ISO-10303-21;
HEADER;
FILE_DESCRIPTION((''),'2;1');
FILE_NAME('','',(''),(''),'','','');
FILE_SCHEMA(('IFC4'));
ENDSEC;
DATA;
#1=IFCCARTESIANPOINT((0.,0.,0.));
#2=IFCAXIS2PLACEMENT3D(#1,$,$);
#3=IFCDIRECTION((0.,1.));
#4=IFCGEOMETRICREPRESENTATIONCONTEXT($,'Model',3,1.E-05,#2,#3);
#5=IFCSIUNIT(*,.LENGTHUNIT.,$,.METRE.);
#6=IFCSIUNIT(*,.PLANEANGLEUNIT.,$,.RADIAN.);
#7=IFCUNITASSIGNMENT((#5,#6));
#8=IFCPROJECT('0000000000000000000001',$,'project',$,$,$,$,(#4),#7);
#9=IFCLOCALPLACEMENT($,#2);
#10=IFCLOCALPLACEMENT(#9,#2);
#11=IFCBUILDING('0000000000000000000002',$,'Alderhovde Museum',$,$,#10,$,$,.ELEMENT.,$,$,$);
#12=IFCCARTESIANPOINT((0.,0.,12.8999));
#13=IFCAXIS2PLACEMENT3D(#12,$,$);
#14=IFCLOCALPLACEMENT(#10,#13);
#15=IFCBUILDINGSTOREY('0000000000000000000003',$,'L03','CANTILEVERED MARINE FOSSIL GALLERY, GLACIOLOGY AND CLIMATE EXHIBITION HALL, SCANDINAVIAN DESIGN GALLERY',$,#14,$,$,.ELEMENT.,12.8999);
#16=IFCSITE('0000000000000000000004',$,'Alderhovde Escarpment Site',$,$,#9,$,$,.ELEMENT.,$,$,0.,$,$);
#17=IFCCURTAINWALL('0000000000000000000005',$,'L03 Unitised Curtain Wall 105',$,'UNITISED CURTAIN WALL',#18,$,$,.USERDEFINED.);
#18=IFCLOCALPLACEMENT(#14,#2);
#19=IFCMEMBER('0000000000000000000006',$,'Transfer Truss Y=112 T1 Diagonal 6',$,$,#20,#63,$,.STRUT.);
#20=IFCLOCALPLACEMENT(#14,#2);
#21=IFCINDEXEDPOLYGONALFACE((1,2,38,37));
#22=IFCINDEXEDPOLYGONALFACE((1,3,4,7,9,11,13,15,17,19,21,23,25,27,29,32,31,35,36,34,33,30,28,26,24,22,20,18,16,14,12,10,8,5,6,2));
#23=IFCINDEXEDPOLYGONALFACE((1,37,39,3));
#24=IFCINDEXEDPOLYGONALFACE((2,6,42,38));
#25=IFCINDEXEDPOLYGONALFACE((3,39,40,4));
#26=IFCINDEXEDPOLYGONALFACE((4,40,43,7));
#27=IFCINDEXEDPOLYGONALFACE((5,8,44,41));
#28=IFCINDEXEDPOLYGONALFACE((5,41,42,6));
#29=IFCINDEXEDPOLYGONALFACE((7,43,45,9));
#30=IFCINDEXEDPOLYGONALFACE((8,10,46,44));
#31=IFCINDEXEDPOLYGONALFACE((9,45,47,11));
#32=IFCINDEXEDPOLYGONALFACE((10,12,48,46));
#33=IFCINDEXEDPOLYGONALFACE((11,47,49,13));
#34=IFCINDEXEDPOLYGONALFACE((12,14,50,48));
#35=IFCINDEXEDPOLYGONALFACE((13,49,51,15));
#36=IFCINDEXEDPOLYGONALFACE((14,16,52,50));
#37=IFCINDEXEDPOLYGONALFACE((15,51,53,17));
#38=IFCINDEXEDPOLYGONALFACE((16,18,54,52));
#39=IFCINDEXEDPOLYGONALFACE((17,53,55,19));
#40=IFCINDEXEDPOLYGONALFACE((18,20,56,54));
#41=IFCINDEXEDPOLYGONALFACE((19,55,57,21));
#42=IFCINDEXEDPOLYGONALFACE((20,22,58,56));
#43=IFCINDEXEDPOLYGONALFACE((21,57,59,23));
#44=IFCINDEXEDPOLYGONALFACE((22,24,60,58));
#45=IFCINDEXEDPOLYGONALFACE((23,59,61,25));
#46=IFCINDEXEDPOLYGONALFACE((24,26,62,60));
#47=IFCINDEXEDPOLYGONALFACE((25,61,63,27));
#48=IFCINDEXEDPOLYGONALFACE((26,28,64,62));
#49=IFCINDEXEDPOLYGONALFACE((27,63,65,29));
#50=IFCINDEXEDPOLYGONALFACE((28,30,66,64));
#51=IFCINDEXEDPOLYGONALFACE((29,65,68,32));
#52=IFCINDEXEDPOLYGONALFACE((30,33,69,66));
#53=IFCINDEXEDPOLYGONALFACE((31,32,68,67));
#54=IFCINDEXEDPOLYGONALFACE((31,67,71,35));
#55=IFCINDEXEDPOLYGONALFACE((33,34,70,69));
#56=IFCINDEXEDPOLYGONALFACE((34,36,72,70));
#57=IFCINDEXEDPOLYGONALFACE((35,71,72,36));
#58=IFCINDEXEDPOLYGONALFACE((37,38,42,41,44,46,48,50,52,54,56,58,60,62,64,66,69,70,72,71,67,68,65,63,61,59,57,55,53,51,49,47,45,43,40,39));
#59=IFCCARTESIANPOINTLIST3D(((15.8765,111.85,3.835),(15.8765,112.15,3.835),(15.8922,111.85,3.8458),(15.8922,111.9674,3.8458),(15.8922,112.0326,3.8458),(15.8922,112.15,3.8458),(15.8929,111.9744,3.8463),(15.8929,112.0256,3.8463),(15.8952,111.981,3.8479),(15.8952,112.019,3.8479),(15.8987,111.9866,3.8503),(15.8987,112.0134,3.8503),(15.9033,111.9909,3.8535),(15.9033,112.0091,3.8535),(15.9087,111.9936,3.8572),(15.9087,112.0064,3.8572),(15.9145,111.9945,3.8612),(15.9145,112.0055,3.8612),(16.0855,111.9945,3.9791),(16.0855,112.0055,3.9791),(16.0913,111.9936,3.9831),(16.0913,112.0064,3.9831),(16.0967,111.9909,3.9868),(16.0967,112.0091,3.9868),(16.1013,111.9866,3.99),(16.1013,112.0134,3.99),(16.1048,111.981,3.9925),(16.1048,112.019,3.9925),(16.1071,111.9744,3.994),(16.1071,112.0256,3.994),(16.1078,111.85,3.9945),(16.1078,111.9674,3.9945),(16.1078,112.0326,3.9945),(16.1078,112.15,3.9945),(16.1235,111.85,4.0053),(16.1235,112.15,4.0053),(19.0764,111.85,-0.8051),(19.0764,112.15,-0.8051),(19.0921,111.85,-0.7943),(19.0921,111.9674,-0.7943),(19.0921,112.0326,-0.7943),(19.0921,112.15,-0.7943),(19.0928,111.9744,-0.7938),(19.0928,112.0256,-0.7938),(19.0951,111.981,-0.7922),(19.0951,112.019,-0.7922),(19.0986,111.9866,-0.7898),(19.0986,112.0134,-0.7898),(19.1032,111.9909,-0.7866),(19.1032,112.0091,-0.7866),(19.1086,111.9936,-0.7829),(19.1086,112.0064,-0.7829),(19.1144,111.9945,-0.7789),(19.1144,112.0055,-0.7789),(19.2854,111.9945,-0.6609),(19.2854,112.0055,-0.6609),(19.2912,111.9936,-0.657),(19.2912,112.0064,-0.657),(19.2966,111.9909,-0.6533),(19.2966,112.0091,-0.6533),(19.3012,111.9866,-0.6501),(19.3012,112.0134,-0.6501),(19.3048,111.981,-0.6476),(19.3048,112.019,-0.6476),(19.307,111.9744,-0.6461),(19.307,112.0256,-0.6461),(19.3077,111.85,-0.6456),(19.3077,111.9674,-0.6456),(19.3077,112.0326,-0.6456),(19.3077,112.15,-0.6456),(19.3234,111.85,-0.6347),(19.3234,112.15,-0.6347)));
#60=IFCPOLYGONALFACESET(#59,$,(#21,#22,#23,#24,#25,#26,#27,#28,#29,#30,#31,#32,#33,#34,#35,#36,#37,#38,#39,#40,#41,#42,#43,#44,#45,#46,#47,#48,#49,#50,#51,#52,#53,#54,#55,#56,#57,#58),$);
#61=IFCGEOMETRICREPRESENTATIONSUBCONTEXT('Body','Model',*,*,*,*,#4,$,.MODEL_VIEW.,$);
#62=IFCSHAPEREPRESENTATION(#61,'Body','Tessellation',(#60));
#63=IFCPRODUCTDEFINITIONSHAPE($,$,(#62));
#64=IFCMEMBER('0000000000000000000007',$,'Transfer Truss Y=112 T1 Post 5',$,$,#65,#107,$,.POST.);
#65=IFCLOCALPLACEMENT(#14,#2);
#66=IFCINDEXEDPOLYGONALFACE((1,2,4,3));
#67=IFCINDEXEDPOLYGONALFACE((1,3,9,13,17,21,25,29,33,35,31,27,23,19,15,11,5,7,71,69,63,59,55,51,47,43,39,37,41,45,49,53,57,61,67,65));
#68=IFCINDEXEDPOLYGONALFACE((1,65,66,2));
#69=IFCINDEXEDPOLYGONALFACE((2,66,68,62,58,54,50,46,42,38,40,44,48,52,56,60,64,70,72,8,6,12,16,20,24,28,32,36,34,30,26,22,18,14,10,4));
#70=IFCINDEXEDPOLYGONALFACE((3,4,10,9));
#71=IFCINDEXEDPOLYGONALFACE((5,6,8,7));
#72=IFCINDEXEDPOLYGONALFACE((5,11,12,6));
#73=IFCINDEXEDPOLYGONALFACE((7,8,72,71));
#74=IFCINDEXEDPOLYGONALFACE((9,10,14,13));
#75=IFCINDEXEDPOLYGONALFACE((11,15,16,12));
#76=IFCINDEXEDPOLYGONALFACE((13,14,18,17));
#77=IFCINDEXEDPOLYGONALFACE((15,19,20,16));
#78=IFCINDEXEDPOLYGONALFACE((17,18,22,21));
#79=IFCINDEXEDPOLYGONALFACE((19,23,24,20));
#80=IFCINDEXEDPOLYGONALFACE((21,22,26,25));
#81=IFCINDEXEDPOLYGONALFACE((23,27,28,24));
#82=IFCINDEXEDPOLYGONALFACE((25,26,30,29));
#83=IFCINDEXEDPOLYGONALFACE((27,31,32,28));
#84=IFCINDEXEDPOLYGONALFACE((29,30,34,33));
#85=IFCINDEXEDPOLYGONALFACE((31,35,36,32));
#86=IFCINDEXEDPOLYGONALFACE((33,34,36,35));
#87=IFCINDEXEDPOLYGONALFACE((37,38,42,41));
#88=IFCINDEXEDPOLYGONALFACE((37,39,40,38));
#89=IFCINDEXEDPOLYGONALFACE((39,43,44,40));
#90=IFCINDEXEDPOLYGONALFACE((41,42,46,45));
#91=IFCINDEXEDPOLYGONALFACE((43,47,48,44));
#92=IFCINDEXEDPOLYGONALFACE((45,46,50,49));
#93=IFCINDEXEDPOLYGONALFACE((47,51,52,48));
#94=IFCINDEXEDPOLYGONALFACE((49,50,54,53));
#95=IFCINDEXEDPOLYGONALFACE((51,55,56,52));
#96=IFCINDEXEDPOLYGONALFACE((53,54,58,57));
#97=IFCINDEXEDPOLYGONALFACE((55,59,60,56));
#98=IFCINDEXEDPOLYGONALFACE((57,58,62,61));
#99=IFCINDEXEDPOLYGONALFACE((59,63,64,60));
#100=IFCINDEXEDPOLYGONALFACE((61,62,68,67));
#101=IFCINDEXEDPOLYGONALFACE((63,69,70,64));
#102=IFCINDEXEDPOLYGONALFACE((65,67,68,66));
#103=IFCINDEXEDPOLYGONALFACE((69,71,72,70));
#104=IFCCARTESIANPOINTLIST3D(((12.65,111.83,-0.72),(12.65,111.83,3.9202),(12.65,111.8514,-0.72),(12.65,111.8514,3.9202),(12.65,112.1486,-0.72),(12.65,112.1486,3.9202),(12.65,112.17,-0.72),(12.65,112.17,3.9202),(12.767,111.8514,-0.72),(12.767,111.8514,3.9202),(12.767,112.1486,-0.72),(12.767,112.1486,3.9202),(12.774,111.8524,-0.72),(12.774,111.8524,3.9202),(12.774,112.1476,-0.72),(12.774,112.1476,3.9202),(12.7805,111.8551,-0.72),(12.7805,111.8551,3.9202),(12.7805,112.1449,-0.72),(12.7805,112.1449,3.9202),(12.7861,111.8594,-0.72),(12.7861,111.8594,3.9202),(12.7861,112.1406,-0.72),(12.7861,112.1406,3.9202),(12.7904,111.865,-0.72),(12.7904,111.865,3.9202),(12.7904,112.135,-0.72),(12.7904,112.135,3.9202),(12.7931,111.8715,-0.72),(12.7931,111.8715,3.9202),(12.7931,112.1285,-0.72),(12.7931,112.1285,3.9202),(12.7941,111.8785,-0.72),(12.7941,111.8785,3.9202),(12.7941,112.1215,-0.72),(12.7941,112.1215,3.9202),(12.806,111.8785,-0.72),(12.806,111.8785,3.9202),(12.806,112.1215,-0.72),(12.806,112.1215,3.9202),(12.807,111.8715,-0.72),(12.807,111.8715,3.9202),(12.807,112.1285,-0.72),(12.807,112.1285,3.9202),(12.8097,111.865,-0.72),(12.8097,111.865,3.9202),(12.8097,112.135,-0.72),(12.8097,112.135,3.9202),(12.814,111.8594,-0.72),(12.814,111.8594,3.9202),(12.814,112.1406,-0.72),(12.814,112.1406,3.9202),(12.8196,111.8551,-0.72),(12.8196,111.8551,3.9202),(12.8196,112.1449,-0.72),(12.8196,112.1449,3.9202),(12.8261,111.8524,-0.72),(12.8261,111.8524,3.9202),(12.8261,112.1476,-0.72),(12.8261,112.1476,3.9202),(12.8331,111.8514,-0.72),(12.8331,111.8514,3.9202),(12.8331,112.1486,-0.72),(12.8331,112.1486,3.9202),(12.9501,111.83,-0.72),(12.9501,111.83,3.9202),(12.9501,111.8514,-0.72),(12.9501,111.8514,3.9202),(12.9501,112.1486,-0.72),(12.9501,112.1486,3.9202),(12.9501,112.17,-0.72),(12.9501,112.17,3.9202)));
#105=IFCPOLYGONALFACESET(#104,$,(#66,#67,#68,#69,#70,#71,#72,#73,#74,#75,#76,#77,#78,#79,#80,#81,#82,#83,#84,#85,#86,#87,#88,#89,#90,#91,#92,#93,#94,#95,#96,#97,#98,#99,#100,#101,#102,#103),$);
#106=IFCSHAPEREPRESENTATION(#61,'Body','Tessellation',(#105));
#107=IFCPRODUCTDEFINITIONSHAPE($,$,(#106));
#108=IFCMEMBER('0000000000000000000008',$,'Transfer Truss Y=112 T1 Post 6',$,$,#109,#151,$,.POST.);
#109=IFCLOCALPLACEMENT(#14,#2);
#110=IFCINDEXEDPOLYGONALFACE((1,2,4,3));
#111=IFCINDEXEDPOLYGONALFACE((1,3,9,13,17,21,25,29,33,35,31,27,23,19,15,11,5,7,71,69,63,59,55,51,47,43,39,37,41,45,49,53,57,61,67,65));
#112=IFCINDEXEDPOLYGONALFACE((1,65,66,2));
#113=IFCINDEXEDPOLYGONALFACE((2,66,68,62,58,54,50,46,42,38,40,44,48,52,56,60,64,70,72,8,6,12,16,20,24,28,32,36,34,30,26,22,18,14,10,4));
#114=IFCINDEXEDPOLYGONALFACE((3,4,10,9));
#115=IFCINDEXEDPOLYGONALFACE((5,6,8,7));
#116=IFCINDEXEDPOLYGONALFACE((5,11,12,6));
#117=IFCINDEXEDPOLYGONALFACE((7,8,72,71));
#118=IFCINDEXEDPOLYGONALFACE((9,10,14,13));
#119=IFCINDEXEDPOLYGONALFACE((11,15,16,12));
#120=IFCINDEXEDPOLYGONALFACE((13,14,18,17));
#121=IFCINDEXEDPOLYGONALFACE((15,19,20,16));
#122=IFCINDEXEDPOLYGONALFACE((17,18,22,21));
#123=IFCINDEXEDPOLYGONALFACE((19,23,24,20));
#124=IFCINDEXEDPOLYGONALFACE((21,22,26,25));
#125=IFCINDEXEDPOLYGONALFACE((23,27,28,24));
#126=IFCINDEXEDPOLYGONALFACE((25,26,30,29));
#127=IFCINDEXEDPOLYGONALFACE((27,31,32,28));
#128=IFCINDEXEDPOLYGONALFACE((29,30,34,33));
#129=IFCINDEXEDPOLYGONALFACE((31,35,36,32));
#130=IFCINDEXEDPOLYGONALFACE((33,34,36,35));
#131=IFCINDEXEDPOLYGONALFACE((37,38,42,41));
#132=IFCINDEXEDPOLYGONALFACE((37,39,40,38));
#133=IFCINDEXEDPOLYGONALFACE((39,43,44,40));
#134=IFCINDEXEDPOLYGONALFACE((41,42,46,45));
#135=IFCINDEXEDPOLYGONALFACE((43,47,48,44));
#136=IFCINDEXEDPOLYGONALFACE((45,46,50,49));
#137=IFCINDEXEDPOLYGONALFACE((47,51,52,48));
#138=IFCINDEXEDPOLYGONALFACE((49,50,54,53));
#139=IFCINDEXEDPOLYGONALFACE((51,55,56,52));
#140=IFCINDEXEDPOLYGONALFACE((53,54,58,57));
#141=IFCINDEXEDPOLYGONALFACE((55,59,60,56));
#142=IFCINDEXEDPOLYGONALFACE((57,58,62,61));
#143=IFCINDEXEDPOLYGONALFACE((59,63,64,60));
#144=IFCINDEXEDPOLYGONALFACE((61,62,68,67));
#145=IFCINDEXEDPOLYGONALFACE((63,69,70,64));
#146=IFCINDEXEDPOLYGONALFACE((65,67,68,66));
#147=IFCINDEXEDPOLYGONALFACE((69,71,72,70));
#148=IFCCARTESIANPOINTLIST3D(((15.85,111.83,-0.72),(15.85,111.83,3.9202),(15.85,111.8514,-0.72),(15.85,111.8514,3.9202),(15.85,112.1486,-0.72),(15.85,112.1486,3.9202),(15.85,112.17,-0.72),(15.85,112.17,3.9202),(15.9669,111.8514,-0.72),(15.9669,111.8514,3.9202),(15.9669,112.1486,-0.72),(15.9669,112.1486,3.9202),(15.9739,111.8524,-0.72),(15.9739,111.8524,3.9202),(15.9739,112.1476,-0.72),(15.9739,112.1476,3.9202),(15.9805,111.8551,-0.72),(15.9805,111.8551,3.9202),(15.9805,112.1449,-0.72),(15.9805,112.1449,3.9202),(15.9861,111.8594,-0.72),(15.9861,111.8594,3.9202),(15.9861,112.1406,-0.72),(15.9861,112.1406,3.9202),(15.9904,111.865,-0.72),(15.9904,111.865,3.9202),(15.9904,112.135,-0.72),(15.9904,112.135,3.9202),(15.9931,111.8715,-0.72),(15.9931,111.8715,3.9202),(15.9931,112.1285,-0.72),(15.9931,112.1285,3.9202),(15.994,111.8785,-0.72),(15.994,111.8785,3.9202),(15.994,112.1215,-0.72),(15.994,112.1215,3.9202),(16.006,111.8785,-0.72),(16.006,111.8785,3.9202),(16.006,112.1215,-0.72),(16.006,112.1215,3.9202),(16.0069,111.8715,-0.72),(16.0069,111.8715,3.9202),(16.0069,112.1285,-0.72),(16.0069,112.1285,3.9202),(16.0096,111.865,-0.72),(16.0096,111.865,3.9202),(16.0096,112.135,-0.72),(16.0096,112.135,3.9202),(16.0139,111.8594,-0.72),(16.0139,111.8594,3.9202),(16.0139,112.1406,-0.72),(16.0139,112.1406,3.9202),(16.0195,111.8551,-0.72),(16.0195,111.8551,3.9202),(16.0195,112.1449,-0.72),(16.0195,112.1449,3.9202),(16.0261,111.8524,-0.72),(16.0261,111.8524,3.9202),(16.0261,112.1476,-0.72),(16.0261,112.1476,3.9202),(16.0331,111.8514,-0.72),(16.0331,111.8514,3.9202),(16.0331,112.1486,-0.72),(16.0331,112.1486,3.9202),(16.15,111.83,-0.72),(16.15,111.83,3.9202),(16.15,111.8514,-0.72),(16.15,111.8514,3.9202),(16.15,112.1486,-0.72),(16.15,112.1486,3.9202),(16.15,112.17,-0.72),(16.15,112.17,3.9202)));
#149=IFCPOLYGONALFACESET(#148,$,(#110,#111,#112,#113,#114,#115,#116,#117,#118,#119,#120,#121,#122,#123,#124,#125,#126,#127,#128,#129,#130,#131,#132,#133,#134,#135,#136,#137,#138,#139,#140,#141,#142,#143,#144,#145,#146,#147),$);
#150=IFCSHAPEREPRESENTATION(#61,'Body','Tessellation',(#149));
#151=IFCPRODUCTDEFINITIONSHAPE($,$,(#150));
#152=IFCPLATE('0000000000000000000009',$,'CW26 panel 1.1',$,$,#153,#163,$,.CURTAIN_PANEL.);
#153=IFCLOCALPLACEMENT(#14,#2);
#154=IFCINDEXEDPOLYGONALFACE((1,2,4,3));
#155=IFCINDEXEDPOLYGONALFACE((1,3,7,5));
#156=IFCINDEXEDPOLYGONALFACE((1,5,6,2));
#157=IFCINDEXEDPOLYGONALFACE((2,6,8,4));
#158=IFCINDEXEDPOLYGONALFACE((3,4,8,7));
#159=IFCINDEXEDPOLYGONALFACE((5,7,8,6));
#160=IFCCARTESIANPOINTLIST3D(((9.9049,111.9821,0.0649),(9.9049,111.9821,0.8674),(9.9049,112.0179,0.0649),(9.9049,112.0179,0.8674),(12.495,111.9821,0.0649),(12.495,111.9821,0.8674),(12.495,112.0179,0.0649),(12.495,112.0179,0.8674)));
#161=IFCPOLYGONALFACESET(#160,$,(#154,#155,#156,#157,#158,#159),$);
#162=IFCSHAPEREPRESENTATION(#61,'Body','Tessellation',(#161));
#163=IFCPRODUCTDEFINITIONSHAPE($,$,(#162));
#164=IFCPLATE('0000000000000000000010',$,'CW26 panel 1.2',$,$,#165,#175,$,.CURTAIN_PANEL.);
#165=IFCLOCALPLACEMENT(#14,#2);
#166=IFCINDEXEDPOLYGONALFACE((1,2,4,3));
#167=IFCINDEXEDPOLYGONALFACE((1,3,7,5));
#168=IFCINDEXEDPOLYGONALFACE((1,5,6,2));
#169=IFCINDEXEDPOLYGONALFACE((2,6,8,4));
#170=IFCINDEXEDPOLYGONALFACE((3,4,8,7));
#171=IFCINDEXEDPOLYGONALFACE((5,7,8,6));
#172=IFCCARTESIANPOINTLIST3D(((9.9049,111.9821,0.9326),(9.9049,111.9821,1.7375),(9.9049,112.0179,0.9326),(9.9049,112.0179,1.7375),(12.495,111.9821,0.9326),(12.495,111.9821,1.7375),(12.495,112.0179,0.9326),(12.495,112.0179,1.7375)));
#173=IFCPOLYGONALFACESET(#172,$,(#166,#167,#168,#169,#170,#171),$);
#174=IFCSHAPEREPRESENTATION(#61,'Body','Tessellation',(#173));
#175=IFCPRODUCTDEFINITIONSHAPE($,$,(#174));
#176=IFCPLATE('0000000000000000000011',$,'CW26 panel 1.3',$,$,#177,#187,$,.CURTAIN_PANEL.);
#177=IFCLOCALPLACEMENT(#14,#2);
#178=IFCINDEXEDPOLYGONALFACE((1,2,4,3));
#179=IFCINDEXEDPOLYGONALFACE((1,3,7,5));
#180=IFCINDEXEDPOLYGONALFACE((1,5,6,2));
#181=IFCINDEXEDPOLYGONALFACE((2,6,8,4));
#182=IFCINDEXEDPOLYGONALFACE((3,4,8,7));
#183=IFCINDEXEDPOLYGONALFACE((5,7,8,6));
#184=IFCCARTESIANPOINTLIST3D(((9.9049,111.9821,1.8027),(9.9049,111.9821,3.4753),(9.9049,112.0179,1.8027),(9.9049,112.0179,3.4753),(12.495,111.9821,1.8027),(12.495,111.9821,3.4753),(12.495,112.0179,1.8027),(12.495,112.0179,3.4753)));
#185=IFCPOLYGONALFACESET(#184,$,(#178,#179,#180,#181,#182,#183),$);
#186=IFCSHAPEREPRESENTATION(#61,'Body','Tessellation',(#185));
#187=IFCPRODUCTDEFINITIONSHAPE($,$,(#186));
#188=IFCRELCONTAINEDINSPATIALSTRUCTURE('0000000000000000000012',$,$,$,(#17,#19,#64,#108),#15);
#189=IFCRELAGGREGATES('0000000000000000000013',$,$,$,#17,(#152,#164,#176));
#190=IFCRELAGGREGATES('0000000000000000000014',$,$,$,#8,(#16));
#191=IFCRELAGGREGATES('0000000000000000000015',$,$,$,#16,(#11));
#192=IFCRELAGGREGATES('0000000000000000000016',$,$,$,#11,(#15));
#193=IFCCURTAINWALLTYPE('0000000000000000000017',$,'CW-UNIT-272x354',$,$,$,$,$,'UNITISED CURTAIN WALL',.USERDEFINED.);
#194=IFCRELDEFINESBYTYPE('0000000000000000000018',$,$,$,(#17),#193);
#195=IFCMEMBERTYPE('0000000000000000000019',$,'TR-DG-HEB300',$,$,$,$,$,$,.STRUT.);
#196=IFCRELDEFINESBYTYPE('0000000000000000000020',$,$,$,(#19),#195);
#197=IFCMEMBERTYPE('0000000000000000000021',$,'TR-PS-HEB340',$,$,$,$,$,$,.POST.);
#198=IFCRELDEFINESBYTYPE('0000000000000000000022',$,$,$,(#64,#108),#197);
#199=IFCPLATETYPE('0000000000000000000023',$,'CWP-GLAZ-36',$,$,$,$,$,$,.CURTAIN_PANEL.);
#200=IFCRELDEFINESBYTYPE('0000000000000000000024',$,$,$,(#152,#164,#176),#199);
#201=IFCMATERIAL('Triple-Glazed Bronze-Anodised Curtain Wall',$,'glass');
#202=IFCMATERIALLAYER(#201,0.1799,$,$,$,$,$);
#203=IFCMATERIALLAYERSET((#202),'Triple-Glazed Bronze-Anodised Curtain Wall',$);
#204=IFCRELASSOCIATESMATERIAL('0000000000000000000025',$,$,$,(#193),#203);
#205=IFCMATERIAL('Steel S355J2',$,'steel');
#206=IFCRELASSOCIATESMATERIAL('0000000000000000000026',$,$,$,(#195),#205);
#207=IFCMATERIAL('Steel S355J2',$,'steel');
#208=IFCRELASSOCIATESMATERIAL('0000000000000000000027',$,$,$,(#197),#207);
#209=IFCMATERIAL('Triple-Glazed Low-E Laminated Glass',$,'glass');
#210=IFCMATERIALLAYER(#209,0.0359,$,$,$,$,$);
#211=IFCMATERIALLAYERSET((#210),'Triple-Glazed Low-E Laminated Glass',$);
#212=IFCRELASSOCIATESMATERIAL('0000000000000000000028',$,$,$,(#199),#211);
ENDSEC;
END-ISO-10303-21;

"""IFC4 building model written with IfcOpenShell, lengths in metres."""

from ifc_helpers import new_model, si_unit, direction, frame, origin, origin_2d, place, context, subcontext, project, spatial, rectangle, i_section, extrude, material, layer, layer_set, material_profile, profile_set, type_object, element, aggregate, save


model = new_model("IFC4")

# Units and contexts
model_context = context("Model", 3, precision=1e-05, world=origin(), true_north=direction((0.0, 1.0)))
body_context = subcontext(model_context, "Body", "Model", "MODEL_VIEW")
ifc_project = project(units=[si_unit("LENGTHUNIT", "METRE"), si_unit("PLANEANGLEUNIT", "RADIAN")], contexts=[model_context])

# Site, building, storey
site_placement = place(None, origin())
site = spatial("IfcSite", under=ifc_project, at=site_placement, Name="Alderhovde Escarpment Site", CompositionType="ELEMENT", RefElevation=0.0)
building_placement = place(site_placement, origin())
building = spatial("IfcBuilding", under=site, at=building_placement, Name="Alderhovde Museum", CompositionType="ELEMENT")
storey_placement = place(building_placement, frame((0.0, 0.0, 12.8999)))
storey = spatial("IfcBuildingStorey", under=building, at=storey_placement, Name="L03", Description="CANTILEVERED MARINE FOSSIL GALLERY, GLACIOLOGY AND CLIMATE EXHIBITION HALL, SCANDINAVIAN DESIGN GALLERY", CompositionType="ELEMENT", Elevation=12.8999)

# Curtain wall
ifc_material_1 = material(Name="Triple-Glazed Bronze-Anodised Curtain Wall", Category="glass")
ifc_layer_1 = layer(ifc_material_1, 0.1799)
ifc_layer_set_1 = layer_set([ifc_layer_1], Name="Triple-Glazed Bronze-Anodised Curtain Wall")
curtain_wall_type_1 = type_object("IfcCurtainWallType", Name="CW-UNIT-272x354", ElementType="UNITISED CURTAIN WALL", PredefinedType="USERDEFINED", material=ifc_layer_set_1)
curtain_wall_1_placement = place(storey_placement, origin())
curtain_wall_1 = element("IfcCurtainWall", 1, at=curtain_wall_1_placement, inside=storey, type_object=curtain_wall_type_1, Name="L03 Unitised Curtain Wall 105", ObjectType="UNITISED CURTAIN WALL", PredefinedType="USERDEFINED")

# Members
ifc_material_2 = material(Name="Steel S355J2", Category="steel")
ifc_material_profile_1 = material_profile(ifc_material_2, i_section(OverallWidth=0.3, OverallDepth=0.3, WebThickness=0.011, FlangeThickness=0.019, FilletRadius=0.0271, at=origin_2d()), Name="HEB 300")
ifc_profile_set_1 = profile_set([ifc_material_profile_1], Name="Steel S355J2")
member_type_1 = type_object("IfcMemberType", Name="TR-DG-HEB300", PredefinedType="STRUT", material=ifc_profile_set_1)
for number, where, z_axis, x_axis, name in (
    (2, (16.0, 112.0, 3.9202), (0.567716, 0.0, -0.823225), (0.0, 1.0, 0.0), "Transfer Truss Y=112 T1 Diagonal 6"),
):
    element("IfcMember", number, at=place(storey_placement, frame(where, z_axis=z_axis, x_axis=x_axis)), inside=storey, type_object=member_type_1, Name=name, PredefinedType="STRUT", context=body_context, shape_type="SweptSolid", body=[
        extrude(i_section(OverallWidth=0.3, OverallDepth=0.3, WebThickness=0.011, FlangeThickness=0.019, FilletRadius=0.0271, at=origin_2d()), origin(), (0.0, 0.0, 1.0), 5.6365),
    ])
ifc_material_3 = material(Name="Steel S355J2", Category="steel")
ifc_material_profile_2 = material_profile(ifc_material_3, i_section(OverallWidth=0.3, OverallDepth=0.3401, WebThickness=0.012, FlangeThickness=0.0215, FilletRadius=0.0271, at=origin_2d()), Name="HEB 340")
ifc_profile_set_2 = profile_set([ifc_material_profile_2], Name="Steel S355J2")
member_type_2 = type_object("IfcMemberType", Name="TR-PS-HEB340", PredefinedType="POST", material=ifc_profile_set_2)
for number, where, z_axis, x_axis, name in (
    (3, (12.8, 112.0, -0.72), (0.0, 0.0, 1.0), (1.0, 0.0, 0.0), "Transfer Truss Y=112 T1 Post 5"),
    (4, (16.0, 112.0, -0.72), (0.0, 0.0, 1.0), (1.0, 0.0, 0.0), "Transfer Truss Y=112 T1 Post 6"),
):
    element("IfcMember", number, at=place(storey_placement, frame(where, z_axis=z_axis, x_axis=x_axis)), inside=storey, type_object=member_type_2, Name=name, PredefinedType="POST", context=body_context, shape_type="SweptSolid", body=[
        extrude(i_section(OverallWidth=0.3, OverallDepth=0.3401, WebThickness=0.012, FlangeThickness=0.0215, FilletRadius=0.0271, at=origin_2d()), origin(), (0.0, 0.0, 1.0), 4.6401),
    ])

# Plates
ifc_material_4 = material(Name="Triple-Glazed Low-E Laminated Glass", Category="glass")
ifc_layer_2 = layer(ifc_material_4, 0.0359)
ifc_layer_set_2 = layer_set([ifc_layer_2], Name="Triple-Glazed Low-E Laminated Glass")
plate_type_1 = type_object("IfcPlateType", Name="CWP-GLAZ-36", PredefinedType="CURTAIN_PANEL", material=ifc_layer_set_2)
plate_1_placement = place(storey_placement, frame((11.2, 112.0, 0.0649), z_axis=(0.0, 0.0, 1.0), x_axis=(1.0, 0.0, 0.0)))
plate_1 = element("IfcPlate", 5, at=plate_1_placement, type_object=plate_type_1, Name="CW26 panel 1.1", PredefinedType="CURTAIN_PANEL", context=body_context, shape_type="SweptSolid", body=[
    extrude(rectangle(XDim=2.5901, YDim=0.0359, at=origin_2d()), origin(), (0.0, 0.0, 1.0), 0.8025),
])
plate_2_placement = place(storey_placement, frame((11.2, 112.0, 0.9326), z_axis=(0.0, 0.0, 1.0), x_axis=(1.0, 0.0, 0.0)))
plate_2 = element("IfcPlate", 6, at=plate_2_placement, type_object=plate_type_1, Name="CW26 panel 1.2", PredefinedType="CURTAIN_PANEL", context=body_context, shape_type="SweptSolid", body=[
    extrude(rectangle(XDim=2.5901, YDim=0.0359, at=origin_2d()), origin(), (0.0, 0.0, 1.0), 0.8049),
])
plate_3_placement = place(storey_placement, frame((11.2, 112.0, 1.8027), z_axis=(0.0, 0.0, 1.0), x_axis=(1.0, 0.0, 0.0)))
plate_3 = element("IfcPlate", 7, at=plate_3_placement, type_object=plate_type_1, Name="CW26 panel 1.3", PredefinedType="CURTAIN_PANEL", context=body_context, shape_type="SweptSolid", body=[
    extrude(rectangle(XDim=2.5901, YDim=0.0359, at=origin_2d()), origin(), (0.0, 0.0, 1.0), 1.6726),
])
aggregate(curtain_wall_1, [plate_1, plate_2, plate_3])

save(model, "model.ifc")
